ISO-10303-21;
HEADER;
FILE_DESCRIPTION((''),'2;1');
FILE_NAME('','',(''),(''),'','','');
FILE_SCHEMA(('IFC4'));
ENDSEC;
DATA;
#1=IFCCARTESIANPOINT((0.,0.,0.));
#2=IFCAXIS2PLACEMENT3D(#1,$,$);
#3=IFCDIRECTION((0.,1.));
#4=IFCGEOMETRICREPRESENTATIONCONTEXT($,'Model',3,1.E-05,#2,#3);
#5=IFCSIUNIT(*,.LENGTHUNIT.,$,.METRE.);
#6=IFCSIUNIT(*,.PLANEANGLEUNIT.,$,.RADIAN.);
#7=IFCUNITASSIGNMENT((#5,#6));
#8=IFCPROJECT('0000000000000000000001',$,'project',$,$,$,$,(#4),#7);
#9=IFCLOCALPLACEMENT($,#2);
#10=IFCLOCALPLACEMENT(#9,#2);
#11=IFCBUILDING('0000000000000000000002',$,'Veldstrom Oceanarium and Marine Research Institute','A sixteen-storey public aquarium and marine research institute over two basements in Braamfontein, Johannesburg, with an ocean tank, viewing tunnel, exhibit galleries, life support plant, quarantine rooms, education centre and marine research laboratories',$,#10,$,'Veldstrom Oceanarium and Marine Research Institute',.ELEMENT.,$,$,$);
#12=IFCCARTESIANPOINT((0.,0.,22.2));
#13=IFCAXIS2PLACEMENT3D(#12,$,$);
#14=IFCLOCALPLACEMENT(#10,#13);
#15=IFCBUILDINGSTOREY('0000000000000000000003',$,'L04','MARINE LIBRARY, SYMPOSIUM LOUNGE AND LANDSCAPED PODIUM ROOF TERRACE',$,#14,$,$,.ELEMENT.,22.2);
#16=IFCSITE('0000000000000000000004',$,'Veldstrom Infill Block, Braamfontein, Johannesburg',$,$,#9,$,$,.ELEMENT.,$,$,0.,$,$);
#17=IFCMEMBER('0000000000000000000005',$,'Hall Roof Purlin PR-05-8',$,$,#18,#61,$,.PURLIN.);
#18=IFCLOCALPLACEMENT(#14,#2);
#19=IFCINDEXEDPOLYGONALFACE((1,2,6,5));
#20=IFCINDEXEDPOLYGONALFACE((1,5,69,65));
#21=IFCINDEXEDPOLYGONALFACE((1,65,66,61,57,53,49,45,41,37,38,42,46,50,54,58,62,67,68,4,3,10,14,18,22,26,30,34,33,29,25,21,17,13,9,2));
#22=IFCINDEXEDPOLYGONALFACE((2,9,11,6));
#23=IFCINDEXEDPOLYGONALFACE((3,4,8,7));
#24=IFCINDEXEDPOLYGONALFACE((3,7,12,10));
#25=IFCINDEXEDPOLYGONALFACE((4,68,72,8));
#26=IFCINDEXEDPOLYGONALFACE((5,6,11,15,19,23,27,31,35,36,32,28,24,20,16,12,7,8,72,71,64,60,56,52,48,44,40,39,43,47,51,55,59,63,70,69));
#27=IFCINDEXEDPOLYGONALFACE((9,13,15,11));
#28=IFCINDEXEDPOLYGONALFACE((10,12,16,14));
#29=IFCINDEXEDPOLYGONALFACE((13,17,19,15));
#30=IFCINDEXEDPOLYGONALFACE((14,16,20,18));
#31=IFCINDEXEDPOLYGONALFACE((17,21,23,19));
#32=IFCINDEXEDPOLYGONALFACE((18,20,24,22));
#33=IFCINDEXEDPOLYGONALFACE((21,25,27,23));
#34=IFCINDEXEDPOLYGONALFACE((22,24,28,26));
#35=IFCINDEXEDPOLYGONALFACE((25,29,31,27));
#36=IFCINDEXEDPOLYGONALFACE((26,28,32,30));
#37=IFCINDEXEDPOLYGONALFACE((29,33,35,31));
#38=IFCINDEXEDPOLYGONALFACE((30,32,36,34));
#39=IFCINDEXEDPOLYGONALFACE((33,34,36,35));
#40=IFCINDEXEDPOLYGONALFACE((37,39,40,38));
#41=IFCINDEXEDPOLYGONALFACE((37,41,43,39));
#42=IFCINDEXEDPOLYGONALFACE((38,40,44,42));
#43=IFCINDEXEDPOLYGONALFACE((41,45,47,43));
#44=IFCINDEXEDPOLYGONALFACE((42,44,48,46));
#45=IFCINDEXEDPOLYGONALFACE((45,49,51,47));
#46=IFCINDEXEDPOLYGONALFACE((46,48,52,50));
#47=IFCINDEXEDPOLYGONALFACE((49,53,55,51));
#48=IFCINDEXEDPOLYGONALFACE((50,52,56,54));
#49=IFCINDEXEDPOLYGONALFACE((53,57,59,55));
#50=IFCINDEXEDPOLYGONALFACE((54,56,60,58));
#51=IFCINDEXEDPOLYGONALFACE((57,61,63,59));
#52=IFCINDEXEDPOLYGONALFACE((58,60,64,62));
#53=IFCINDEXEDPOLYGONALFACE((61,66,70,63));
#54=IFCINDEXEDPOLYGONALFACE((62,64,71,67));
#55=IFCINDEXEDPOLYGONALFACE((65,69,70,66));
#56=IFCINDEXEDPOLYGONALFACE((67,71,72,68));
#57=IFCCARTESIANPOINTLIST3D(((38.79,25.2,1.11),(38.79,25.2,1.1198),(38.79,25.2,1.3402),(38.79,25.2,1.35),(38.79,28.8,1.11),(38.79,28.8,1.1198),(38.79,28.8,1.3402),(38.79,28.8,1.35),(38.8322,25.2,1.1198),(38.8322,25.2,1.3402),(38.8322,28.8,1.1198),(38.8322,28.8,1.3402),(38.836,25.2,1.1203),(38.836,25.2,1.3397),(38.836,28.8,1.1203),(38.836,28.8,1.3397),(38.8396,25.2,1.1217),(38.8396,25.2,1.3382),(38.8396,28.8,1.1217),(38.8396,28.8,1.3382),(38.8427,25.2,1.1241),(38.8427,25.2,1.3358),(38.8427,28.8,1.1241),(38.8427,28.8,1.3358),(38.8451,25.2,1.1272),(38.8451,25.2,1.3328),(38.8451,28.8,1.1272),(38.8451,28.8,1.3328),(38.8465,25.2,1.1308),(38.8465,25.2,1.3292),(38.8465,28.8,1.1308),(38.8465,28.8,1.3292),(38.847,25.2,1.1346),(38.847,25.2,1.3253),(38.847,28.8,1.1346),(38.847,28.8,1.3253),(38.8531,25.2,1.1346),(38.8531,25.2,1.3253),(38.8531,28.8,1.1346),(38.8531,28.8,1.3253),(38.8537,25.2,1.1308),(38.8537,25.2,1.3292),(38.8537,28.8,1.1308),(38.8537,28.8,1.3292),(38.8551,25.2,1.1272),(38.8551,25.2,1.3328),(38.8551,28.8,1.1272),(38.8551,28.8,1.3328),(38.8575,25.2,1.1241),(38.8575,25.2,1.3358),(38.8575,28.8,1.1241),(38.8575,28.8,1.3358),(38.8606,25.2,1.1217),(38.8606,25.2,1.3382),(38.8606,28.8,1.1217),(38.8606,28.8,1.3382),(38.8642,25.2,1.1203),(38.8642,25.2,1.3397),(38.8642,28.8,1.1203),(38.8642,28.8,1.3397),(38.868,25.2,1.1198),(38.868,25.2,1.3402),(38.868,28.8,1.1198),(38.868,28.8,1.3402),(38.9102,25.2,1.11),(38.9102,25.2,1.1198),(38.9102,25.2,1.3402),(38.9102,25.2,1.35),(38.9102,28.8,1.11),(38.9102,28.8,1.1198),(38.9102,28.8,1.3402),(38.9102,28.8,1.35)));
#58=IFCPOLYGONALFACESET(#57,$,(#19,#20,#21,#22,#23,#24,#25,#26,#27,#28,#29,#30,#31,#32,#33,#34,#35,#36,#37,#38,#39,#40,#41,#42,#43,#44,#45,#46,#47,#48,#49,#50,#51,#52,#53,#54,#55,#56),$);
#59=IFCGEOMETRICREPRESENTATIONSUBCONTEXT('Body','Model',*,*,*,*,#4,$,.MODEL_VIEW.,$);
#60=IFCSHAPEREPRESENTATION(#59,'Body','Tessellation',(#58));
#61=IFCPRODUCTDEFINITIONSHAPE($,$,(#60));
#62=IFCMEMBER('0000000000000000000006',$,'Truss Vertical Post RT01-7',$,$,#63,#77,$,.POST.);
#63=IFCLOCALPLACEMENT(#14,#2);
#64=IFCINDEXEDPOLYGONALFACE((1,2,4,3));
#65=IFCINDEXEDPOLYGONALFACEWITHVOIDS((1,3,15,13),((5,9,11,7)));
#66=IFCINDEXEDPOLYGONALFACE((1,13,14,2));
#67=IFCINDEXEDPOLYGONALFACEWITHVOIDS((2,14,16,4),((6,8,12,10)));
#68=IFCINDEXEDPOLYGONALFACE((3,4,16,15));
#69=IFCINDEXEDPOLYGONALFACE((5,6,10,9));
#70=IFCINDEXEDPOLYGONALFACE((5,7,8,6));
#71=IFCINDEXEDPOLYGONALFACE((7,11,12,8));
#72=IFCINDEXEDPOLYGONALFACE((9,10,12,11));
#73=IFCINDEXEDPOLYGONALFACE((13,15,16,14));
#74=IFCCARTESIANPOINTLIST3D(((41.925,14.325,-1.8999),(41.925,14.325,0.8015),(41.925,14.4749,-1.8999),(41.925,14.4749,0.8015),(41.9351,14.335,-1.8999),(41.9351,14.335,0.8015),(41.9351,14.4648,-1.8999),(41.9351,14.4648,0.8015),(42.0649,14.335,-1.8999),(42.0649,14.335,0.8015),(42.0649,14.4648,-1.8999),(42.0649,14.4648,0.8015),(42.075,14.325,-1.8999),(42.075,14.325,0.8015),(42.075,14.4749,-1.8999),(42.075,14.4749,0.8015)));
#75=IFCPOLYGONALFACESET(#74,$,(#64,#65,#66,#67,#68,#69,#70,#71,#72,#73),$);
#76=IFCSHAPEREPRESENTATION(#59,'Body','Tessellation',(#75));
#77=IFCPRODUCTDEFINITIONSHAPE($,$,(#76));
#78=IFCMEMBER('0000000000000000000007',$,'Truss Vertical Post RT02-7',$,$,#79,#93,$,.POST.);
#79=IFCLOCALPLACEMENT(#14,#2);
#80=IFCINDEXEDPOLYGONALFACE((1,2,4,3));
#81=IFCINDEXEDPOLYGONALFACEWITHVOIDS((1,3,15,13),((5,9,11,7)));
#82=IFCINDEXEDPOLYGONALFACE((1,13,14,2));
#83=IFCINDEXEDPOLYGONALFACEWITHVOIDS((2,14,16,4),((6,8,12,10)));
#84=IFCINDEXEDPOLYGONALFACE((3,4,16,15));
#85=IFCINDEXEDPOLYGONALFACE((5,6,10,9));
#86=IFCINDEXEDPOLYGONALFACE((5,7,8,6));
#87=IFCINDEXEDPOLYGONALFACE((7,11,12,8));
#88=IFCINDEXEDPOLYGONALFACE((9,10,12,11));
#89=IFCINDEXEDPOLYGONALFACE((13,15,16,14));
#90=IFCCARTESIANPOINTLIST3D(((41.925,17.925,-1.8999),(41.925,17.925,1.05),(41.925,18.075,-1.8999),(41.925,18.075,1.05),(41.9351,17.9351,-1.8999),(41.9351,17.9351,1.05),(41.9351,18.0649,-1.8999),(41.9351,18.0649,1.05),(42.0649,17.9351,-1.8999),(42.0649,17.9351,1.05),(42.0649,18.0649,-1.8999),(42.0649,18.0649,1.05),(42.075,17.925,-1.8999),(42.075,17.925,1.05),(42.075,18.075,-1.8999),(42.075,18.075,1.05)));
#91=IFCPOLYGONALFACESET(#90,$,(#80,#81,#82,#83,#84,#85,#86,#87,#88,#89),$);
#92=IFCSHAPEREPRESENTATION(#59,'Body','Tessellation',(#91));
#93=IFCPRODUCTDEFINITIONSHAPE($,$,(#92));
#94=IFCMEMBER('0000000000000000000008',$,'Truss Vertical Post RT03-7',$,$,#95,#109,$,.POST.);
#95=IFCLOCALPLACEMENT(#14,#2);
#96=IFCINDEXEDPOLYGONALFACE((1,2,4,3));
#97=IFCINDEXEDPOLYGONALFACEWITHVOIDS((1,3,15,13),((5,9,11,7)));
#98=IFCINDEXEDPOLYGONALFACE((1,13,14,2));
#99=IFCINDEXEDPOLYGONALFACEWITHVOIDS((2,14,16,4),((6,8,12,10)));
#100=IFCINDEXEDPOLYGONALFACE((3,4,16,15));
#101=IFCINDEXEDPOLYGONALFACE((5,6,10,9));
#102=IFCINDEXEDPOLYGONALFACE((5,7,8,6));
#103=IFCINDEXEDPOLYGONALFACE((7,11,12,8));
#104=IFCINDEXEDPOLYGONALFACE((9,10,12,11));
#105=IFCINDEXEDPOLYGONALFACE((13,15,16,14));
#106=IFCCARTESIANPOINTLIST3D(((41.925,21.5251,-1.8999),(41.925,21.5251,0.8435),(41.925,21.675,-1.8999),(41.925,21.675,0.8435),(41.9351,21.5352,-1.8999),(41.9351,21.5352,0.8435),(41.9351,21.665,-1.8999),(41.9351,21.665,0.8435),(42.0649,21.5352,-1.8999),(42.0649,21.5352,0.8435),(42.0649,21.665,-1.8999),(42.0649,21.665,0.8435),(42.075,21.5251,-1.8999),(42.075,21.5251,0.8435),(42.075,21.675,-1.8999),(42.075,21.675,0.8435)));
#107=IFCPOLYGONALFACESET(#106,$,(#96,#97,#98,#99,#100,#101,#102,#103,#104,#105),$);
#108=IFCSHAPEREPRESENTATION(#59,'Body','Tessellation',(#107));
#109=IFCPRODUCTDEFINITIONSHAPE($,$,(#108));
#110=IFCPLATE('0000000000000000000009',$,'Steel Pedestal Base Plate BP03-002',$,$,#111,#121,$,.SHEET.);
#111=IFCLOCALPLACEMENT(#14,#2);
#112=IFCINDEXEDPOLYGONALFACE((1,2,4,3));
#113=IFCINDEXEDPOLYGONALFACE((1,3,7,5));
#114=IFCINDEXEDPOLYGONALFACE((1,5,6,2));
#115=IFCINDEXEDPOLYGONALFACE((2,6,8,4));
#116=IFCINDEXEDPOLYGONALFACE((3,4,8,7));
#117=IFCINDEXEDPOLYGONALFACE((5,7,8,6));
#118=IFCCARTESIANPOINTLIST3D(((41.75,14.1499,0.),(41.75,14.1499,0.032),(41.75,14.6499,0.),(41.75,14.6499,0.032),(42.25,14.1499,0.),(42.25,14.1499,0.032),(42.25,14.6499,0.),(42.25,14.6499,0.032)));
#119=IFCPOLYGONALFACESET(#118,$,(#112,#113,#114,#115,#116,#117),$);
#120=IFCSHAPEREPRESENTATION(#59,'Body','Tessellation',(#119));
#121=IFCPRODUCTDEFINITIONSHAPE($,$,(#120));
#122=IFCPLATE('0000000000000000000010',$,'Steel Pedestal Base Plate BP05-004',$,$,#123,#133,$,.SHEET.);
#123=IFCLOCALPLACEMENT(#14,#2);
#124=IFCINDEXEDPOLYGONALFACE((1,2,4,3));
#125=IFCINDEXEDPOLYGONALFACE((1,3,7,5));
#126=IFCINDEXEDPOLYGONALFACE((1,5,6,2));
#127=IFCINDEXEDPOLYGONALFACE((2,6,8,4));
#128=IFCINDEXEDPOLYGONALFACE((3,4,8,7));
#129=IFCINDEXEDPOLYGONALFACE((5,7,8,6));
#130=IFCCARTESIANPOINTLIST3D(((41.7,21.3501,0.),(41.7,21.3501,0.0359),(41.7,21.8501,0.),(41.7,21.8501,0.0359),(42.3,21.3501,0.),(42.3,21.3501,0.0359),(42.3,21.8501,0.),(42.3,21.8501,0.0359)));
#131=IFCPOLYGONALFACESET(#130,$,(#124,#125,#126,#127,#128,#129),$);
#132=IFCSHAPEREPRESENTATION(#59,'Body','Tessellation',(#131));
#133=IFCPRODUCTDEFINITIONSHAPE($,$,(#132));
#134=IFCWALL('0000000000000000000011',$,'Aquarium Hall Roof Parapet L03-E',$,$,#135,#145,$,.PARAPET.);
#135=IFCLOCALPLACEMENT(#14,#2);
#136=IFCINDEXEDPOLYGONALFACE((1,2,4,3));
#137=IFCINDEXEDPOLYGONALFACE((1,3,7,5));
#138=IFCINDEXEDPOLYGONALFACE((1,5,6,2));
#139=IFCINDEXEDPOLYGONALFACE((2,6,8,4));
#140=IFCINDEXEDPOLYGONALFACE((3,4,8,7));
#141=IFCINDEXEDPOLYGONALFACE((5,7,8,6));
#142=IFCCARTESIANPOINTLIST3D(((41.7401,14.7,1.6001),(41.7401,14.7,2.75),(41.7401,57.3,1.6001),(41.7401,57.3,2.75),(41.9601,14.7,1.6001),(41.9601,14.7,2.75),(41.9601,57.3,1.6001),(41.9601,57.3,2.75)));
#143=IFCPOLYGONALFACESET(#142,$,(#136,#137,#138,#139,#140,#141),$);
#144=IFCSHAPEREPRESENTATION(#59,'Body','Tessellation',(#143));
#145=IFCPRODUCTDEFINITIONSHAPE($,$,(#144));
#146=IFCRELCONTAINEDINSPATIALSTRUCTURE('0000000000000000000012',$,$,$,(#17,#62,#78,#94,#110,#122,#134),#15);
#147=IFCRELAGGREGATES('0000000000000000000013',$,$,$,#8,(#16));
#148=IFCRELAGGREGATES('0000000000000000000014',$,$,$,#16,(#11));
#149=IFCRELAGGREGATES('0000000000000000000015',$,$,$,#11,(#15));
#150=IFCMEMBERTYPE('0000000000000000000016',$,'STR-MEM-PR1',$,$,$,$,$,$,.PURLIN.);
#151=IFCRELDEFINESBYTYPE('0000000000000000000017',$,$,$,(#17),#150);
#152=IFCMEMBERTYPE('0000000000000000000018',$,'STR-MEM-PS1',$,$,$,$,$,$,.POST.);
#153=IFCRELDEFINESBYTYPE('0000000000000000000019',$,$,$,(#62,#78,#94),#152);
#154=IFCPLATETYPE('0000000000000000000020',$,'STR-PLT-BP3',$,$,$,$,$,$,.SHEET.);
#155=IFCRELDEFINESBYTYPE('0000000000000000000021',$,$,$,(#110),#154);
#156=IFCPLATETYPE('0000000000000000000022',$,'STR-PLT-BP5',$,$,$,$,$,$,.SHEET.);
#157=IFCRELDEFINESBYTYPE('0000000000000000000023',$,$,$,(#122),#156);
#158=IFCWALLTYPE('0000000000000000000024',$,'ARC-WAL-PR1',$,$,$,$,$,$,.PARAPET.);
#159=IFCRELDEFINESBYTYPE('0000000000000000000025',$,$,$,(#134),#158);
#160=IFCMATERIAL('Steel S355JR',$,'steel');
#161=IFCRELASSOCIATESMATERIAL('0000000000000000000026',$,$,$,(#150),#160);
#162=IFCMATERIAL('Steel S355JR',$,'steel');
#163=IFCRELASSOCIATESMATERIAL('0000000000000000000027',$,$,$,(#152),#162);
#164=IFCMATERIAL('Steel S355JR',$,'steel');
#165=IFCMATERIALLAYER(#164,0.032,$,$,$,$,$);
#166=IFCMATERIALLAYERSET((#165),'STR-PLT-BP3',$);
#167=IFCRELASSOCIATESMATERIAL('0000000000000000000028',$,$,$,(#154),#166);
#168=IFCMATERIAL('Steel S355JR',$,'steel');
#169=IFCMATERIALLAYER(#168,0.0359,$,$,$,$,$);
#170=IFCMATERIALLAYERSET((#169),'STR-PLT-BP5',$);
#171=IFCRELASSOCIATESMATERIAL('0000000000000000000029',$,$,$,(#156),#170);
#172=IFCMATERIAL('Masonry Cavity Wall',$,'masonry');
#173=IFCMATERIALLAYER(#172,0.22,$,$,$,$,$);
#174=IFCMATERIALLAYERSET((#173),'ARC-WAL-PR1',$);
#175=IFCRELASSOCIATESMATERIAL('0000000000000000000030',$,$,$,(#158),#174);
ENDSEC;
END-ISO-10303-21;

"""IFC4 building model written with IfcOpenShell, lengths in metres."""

from ifc_helpers import new_model, si_unit, direction, frame, frame_2d, origin, origin_2d, place, context, subcontext, project, spatial, rectangle, hollow_rectangle, i_section, extrude, material, layer, layer_set, material_profile, profile_set, type_object, element, save


model = new_model("IFC4")

# Units and contexts
model_context = context("Model", 3, precision=1e-05, world=origin(), true_north=direction((0.0, 1.0)))
body_context = subcontext(model_context, "Body", "Model", "MODEL_VIEW")
ifc_project = project(units=[si_unit("LENGTHUNIT", "METRE"), si_unit("PLANEANGLEUNIT", "RADIAN")], contexts=[model_context])

# Site, building, storey
site_placement = place(None, origin())
site = spatial("IfcSite", under=ifc_project, at=site_placement, Name="Veldstrom Infill Block, Braamfontein, Johannesburg", CompositionType="ELEMENT", RefElevation=0.0)
building_placement = place(site_placement, origin())
building = spatial("IfcBuilding", under=site, at=building_placement, Name="Veldstrom Oceanarium and Marine Research Institute", Description="A sixteen-storey public aquarium and marine research institute over two basements in Braamfontein, Johannesburg, with an ocean tank, viewing tunnel, exhibit galleries, life support plant, quarantine rooms, education centre and marine research laboratories", LongName="Veldstrom Oceanarium and Marine Research Institute", CompositionType="ELEMENT")
storey_placement = place(building_placement, frame((0.0, 0.0, 22.2)))
storey = spatial("IfcBuildingStorey", under=building, at=storey_placement, Name="L04", Description="MARINE LIBRARY, SYMPOSIUM LOUNGE AND LANDSCAPED PODIUM ROOF TERRACE", CompositionType="ELEMENT", Elevation=22.2)

# Members
ifc_material_1 = material(Name="Steel S355JR", Category="steel")
ifc_material_profile_1 = material_profile(ifc_material_1, i_section(OverallWidth=0.1201, OverallDepth=0.24, WebThickness=0.0061, FlangeThickness=0.0098, FilletRadius=0.0149, at=origin_2d()), Name="IPE 240")
ifc_profile_set_1 = profile_set([ifc_material_profile_1], Name="Steel S355JR")
member_type_1 = type_object("IfcMemberType", Name="STR-MEM-PR1", PredefinedType="PURLIN", material=ifc_profile_set_1)
member_1_placement = place(storey_placement, frame((38.8501, 25.2, 1.23), z_axis=(0.0, 1.0, 0.0), x_axis=(-1.0, 0.0, 0.0)))
element("IfcMember", 1, at=member_1_placement, inside=storey, type_object=member_type_1, Name="Hall Roof Purlin PR-05-8", PredefinedType="PURLIN", context=body_context, shape_type="SweptSolid", body=[
    extrude(i_section(OverallWidth=0.1201, OverallDepth=0.24, WebThickness=0.0061, FlangeThickness=0.0098, FilletRadius=0.0149, at=origin_2d()), origin(), (0.0, 0.0, 1.0), 3.6001),
])
ifc_material_2 = material(Name="Steel S355JR", Category="steel")
ifc_material_profile_2 = material_profile(ifc_material_2, hollow_rectangle(XDim=0.1499, YDim=0.1499, WallThickness=0.01, at=origin_2d()), Name="SHS 150x150x10")
ifc_profile_set_2 = profile_set([ifc_material_profile_2], Name="Steel S355JR")
member_type_2 = type_object("IfcMemberType", Name="STR-MEM-PS1", PredefinedType="POST", material=ifc_profile_set_2)
member_2_placement = place(storey_placement, frame((42.0, 14.3999, -1.8999), z_axis=(0.0, 0.0, 1.0), x_axis=(1.0, 0.0, 0.0)))
element("IfcMember", 2, at=member_2_placement, inside=storey, type_object=member_type_2, Name="Truss Vertical Post RT01-7", PredefinedType="POST", context=body_context, shape_type="SweptSolid", body=[
    extrude(hollow_rectangle(XDim=0.1499, YDim=0.1499, WallThickness=0.01, at=origin_2d()), origin(), (0.0, 0.0, 1.0), 2.7014),
])
member_3_placement = place(storey_placement, frame((42.0, 18.0, -1.8999), z_axis=(0.0, 0.0, 1.0), x_axis=(1.0, 0.0, 0.0)))
element("IfcMember", 3, at=member_3_placement, inside=storey, type_object=member_type_2, Name="Truss Vertical Post RT02-7", PredefinedType="POST", context=body_context, shape_type="SweptSolid", body=[
    extrude(hollow_rectangle(XDim=0.1499, YDim=0.1499, WallThickness=0.01, at=origin_2d()), origin(), (0.0, 0.0, 1.0), 2.95),
])
member_4_placement = place(storey_placement, frame((42.0, 21.6001, -1.8999), z_axis=(0.0, 0.0, 1.0), x_axis=(1.0, 0.0, 0.0)))
element("IfcMember", 4, at=member_4_placement, inside=storey, type_object=member_type_2, Name="Truss Vertical Post RT03-7", PredefinedType="POST", context=body_context, shape_type="SweptSolid", body=[
    extrude(hollow_rectangle(XDim=0.1499, YDim=0.1499, WallThickness=0.01, at=origin_2d()), origin(), (0.0, 0.0, 1.0), 2.7434),
])

# Plates
ifc_material_3 = material(Name="Steel S355JR", Category="steel")
ifc_layer_1 = layer(ifc_material_3, 0.032)
ifc_layer_set_1 = layer_set([ifc_layer_1], Name="STR-PLT-BP3")
plate_type_1 = type_object("IfcPlateType", Name="STR-PLT-BP3", PredefinedType="SHEET", material=ifc_layer_set_1)
plate_1_placement = place(storey_placement, frame((42.0, 14.3999, 0.0), z_axis=(0.0, 0.0, 1.0), x_axis=(1.0, 0.0, 0.0)))
element("IfcPlate", 5, at=plate_1_placement, inside=storey, type_object=plate_type_1, Name="Steel Pedestal Base Plate BP03-002", PredefinedType="SHEET", context=body_context, shape_type="SweptSolid", body=[
    extrude(rectangle(XDim=0.5, YDim=0.5, at=origin_2d()), origin(), (0.0, 0.0, 1.0), 0.032),
])
ifc_material_4 = material(Name="Steel S355JR", Category="steel")
ifc_layer_2 = layer(ifc_material_4, 0.0359)
ifc_layer_set_2 = layer_set([ifc_layer_2], Name="STR-PLT-BP5")
plate_type_2 = type_object("IfcPlateType", Name="STR-PLT-BP5", PredefinedType="SHEET", material=ifc_layer_set_2)
plate_2_placement = place(storey_placement, frame((42.0, 21.6001, 0.0), z_axis=(0.0, 0.0, 1.0), x_axis=(1.0, 0.0, 0.0)))
element("IfcPlate", 6, at=plate_2_placement, inside=storey, type_object=plate_type_2, Name="Steel Pedestal Base Plate BP05-004", PredefinedType="SHEET", context=body_context, shape_type="SweptSolid", body=[
    extrude(rectangle(XDim=0.6001, YDim=0.5, at=origin_2d()), origin(), (0.0, 0.0, 1.0), 0.0359),
])

# Wall
ifc_material_5 = material(Name="Masonry Cavity Wall", Category="masonry")
ifc_layer_3 = layer(ifc_material_5, 0.22)
ifc_layer_set_3 = layer_set([ifc_layer_3], Name="ARC-WAL-PR1")
wall_type = type_object("IfcWallType", Name="ARC-WAL-PR1", PredefinedType="PARAPET", material=ifc_layer_set_3)
wall_placement = place(storey_placement, frame((41.8501, 14.7, 1.6001), z_axis=(0.0, 0.0, 1.0), x_axis=(0.0, 1.0, 0.0)))
element("IfcWall", 7, at=wall_placement, inside=storey, type_object=wall_type, Name="Aquarium Hall Roof Parapet L03-E", PredefinedType="PARAPET", context=body_context, shape_type="SweptSolid", body=[
    extrude(rectangle(XDim=42.6001, YDim=0.22, at=frame_2d((21.3, 0.0))), origin(), (0.0, 0.0, 1.0), 1.1499),
])

save(model, "model.ifc")
